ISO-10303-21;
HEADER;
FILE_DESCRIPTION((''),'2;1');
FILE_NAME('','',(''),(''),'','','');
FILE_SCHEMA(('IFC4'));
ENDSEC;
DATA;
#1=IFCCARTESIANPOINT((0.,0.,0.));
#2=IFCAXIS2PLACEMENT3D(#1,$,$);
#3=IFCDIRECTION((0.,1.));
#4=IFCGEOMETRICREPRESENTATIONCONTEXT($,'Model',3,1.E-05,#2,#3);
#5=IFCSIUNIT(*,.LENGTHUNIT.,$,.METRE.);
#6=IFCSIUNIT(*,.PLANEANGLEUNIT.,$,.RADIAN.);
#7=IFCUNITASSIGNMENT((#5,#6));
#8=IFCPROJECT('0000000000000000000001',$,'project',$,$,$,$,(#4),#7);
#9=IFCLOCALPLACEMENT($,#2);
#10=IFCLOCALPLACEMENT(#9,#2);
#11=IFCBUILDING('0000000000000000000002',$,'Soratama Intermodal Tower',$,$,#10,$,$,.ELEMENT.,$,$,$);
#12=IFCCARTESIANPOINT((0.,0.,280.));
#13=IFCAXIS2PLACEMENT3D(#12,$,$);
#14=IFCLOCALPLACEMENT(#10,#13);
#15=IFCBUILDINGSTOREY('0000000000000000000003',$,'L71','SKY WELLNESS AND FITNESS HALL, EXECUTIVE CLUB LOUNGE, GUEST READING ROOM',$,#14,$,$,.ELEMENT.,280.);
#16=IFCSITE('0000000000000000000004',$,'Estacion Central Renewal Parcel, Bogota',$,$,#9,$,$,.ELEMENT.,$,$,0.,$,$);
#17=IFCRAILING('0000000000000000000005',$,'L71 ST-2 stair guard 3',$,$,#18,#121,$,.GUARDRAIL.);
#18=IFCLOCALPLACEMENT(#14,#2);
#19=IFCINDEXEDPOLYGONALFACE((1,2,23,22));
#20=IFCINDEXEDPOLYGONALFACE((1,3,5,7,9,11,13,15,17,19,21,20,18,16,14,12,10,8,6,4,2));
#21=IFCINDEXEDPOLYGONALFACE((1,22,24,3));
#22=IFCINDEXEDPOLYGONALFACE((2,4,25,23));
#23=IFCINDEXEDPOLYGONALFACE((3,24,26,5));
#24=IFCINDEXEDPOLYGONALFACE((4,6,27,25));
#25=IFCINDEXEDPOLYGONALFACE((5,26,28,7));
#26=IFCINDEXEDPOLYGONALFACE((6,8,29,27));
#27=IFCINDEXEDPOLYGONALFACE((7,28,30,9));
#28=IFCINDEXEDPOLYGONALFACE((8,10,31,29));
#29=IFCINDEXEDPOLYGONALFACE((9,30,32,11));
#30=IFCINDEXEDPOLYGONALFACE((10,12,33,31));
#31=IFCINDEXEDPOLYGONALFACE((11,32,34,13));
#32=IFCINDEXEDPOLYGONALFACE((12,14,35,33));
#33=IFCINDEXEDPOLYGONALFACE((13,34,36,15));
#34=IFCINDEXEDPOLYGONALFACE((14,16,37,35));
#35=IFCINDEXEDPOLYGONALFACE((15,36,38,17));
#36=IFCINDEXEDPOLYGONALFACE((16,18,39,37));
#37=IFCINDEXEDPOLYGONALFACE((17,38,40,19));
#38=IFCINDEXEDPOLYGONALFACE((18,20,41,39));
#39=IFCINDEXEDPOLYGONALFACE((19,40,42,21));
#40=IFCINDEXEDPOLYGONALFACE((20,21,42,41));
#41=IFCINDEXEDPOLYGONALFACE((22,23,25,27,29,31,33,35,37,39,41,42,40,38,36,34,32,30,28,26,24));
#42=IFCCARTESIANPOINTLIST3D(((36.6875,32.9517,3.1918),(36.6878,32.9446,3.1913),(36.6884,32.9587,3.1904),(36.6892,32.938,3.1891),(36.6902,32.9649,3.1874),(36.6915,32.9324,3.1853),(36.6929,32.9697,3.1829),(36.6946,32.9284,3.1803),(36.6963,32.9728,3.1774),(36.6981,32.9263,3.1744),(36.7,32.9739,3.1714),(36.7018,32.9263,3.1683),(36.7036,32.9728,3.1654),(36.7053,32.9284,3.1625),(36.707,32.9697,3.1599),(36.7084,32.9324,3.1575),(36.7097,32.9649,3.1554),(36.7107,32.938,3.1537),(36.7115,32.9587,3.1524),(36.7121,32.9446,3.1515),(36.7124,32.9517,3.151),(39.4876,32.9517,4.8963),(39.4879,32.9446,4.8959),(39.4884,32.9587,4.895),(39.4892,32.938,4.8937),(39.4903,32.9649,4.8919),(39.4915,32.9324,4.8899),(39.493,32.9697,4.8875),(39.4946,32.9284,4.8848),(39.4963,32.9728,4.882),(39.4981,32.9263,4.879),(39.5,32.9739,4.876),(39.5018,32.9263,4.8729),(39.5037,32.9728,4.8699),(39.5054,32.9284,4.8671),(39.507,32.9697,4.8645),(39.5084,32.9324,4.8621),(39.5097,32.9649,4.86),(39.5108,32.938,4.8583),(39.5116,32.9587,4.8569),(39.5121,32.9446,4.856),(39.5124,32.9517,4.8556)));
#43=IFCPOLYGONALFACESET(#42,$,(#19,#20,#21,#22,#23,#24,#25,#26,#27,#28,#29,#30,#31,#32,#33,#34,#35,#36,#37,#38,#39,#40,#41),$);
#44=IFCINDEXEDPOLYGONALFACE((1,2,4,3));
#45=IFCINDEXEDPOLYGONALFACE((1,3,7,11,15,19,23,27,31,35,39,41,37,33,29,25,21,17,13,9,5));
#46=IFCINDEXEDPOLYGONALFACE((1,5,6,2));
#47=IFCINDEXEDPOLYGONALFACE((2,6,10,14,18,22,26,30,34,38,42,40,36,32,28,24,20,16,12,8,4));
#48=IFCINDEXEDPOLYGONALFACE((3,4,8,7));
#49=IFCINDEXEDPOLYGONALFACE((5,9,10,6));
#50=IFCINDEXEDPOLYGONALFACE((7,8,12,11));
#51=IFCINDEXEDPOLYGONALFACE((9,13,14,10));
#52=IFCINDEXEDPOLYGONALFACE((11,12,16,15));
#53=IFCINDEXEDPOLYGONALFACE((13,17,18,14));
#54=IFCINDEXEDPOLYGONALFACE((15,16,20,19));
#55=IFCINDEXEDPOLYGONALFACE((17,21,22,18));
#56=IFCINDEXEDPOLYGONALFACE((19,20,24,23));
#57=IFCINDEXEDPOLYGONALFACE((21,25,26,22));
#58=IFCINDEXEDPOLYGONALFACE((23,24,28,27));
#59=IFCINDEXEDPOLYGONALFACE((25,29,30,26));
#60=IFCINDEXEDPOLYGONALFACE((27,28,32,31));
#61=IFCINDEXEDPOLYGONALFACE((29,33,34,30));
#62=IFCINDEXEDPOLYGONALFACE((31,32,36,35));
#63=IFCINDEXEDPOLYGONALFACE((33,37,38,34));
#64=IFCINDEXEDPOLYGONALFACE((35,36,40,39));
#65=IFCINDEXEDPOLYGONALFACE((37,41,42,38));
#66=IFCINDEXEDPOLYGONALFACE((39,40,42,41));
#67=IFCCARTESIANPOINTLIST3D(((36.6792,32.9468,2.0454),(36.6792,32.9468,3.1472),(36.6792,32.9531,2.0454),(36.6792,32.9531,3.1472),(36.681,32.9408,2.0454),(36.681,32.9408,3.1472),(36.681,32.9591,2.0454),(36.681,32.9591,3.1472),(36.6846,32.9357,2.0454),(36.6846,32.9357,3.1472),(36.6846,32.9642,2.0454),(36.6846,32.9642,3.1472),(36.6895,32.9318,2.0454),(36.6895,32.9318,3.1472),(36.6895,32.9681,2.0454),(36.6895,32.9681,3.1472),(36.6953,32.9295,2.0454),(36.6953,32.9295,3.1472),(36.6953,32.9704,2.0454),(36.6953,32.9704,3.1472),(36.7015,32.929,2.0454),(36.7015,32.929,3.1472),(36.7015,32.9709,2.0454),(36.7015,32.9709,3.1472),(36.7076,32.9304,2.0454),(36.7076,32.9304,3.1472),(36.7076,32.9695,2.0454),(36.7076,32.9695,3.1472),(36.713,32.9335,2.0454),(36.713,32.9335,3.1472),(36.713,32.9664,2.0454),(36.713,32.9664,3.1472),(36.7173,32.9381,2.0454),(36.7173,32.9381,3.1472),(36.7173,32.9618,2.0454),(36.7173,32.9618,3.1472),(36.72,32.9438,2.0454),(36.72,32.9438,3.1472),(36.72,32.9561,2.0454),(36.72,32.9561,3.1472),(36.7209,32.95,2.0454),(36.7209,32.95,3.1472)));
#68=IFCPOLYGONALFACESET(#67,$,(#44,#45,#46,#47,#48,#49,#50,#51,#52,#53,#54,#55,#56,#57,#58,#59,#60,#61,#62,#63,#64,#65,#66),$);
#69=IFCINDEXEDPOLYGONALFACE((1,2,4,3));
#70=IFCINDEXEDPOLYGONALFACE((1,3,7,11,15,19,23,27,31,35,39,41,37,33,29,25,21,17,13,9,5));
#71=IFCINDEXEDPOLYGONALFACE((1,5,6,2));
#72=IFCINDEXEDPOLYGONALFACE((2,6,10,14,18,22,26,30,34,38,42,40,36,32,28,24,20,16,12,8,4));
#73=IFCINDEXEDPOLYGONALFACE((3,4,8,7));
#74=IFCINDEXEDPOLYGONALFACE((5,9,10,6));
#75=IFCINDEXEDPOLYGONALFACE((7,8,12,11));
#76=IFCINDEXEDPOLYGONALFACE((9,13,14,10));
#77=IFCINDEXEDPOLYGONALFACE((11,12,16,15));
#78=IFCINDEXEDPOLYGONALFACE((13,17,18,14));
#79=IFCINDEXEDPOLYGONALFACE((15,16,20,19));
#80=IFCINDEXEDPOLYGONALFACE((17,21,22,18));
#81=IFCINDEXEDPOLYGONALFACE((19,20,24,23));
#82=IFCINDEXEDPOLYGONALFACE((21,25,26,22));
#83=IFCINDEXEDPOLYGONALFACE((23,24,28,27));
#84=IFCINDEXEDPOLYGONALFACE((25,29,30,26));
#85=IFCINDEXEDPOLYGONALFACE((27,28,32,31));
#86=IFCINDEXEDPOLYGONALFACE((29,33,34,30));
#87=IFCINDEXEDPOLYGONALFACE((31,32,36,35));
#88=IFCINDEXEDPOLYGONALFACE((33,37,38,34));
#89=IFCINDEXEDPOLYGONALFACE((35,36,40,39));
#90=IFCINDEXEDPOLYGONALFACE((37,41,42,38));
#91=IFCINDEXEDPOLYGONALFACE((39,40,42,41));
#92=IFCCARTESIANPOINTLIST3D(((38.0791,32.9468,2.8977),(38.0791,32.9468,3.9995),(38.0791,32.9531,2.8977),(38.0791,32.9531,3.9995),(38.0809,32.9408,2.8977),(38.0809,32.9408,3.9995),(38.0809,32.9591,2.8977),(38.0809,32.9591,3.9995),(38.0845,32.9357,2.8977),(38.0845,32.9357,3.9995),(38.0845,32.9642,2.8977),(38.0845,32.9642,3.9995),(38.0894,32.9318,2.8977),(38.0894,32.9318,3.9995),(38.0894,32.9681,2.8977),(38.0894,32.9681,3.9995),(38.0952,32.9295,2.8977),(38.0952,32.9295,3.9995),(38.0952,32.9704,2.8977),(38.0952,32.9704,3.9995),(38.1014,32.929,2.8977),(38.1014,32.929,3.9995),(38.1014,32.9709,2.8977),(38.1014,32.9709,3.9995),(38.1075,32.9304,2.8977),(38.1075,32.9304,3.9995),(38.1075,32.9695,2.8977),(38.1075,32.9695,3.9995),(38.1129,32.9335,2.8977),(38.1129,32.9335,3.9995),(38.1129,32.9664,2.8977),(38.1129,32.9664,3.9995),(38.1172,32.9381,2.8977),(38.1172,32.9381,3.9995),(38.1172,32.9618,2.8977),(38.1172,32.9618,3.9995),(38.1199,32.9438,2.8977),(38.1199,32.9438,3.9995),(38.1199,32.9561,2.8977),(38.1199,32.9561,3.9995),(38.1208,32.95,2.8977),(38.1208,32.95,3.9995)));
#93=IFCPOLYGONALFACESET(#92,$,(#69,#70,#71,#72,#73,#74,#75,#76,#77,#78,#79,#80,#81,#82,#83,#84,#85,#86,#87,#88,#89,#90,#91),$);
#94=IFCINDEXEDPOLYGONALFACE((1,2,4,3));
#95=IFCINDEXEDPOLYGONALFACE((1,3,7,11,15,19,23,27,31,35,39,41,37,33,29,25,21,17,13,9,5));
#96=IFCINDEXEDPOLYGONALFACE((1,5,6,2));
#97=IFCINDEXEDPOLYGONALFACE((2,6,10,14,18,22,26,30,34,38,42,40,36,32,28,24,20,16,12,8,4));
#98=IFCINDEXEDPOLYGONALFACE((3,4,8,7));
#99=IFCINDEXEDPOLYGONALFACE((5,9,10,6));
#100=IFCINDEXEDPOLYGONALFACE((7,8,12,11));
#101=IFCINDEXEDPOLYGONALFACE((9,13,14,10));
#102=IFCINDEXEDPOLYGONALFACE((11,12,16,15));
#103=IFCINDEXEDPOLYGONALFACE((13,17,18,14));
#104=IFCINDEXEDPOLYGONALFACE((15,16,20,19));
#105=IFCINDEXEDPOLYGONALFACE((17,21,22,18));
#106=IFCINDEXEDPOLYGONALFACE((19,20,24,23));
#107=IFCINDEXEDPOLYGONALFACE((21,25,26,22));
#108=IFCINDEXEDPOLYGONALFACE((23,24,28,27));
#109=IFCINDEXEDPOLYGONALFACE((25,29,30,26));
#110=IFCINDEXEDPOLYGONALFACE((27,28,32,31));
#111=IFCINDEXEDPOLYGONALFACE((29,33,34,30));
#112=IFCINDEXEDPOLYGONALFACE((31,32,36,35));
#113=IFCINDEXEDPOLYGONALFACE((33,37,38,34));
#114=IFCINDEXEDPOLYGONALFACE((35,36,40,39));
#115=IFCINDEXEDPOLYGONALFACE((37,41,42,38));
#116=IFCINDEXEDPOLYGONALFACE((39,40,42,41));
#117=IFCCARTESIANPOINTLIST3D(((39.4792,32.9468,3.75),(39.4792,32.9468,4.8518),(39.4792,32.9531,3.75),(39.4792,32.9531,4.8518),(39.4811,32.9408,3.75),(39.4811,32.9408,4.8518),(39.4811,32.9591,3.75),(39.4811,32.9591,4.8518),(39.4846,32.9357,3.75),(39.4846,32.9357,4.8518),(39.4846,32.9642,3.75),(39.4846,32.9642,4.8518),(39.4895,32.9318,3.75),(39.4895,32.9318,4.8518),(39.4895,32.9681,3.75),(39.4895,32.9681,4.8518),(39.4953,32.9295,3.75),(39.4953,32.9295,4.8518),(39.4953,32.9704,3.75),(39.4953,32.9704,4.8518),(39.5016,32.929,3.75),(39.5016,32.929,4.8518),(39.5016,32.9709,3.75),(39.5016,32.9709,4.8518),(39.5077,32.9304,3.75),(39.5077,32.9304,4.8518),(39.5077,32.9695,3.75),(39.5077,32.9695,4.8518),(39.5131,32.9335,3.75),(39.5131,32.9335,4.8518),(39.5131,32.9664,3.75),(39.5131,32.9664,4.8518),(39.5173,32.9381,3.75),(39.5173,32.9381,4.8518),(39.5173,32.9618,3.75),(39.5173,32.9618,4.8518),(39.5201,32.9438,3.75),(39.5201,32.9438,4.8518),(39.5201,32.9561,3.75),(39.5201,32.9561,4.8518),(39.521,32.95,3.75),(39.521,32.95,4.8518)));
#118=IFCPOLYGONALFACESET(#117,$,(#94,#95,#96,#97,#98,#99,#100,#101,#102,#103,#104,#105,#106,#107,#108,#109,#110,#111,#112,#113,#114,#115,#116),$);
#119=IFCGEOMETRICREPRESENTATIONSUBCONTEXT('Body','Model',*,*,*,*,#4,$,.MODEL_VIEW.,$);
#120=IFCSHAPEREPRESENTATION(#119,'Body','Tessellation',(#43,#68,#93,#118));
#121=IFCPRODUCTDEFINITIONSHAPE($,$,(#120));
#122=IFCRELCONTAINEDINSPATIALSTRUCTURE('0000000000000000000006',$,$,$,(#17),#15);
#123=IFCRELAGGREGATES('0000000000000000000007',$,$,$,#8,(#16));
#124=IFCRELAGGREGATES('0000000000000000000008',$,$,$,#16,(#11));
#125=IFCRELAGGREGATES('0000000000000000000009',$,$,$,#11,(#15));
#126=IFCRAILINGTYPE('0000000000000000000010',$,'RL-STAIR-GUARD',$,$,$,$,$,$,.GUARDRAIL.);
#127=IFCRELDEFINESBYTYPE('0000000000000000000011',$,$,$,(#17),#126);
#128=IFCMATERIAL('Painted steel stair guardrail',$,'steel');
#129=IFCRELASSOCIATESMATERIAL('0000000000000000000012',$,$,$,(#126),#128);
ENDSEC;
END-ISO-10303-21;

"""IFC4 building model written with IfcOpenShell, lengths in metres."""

from ifc_helpers import new_model, si_unit, direction, frame, origin, origin_2d, place, context, subcontext, project, spatial, circle, extrude, material, type_object, element, save


model = new_model("IFC4")

# Units and contexts
model_context = context("Model", 3, precision=1e-05, world=origin(), true_north=direction((0.0, 1.0)))
body_context = subcontext(model_context, "Body", "Model", "MODEL_VIEW")
ifc_project = project(units=[si_unit("LENGTHUNIT", "METRE"), si_unit("PLANEANGLEUNIT", "RADIAN")], contexts=[model_context])

# Site, building, storey
site_placement = place(None, origin())
site = spatial("IfcSite", under=ifc_project, at=site_placement, Name="Estacion Central Renewal Parcel, Bogota", CompositionType="ELEMENT", RefElevation=0.0)
building_placement = place(site_placement, origin())
building = spatial("IfcBuilding", under=site, at=building_placement, Name="Soratama Intermodal Tower", CompositionType="ELEMENT")
storey_placement = place(building_placement, frame((0.0, 0.0, 280.0)))
storey = spatial("IfcBuildingStorey", under=building, at=storey_placement, Name="L71", Description="SKY WELLNESS AND FITNESS HALL, EXECUTIVE CLUB LOUNGE, GUEST READING ROOM", CompositionType="ELEMENT", Elevation=280.0)

# Railing
ifc_material_1 = material(Name="Painted steel stair guardrail", Category="steel")
railing_type_1 = type_object("IfcRailingType", Name="RL-STAIR-GUARD", PredefinedType="GUARDRAIL", material=ifc_material_1)
railing_1_placement = place(storey_placement, frame((36.7, 32.95, 2.0454)))
element("IfcRailing", 1, at=railing_1_placement, inside=storey, type_object=railing_type_1, Name="L71 ST-2 stair guard 3", PredefinedType="GUARDRAIL", context=body_context, shape_type="SweptSolid", body=[
    extrude(circle(Radius=0.0239, at=origin_2d()), frame((0.0, 0.0, 1.126), z_axis=(0.85417, 0.0, 0.519994), x_axis=(0.0, 1.0, 0.0)), (0.0, 0.0, 1.0), 3.2781),
    extrude(circle(Radius=0.021, at=origin_2d()), origin(), (0.0, 0.0, 1.0), 1.1018),
    extrude(circle(Radius=0.021, at=origin_2d()), frame((1.3999, 0.0, 0.8523)), (0.0, 0.0, 1.0), 1.1018),
    extrude(circle(Radius=0.021, at=origin_2d()), frame((2.8, 0.0, 1.7046)), (0.0, 0.0, 1.0), 1.1018),
])

save(model, "model.ifc")
